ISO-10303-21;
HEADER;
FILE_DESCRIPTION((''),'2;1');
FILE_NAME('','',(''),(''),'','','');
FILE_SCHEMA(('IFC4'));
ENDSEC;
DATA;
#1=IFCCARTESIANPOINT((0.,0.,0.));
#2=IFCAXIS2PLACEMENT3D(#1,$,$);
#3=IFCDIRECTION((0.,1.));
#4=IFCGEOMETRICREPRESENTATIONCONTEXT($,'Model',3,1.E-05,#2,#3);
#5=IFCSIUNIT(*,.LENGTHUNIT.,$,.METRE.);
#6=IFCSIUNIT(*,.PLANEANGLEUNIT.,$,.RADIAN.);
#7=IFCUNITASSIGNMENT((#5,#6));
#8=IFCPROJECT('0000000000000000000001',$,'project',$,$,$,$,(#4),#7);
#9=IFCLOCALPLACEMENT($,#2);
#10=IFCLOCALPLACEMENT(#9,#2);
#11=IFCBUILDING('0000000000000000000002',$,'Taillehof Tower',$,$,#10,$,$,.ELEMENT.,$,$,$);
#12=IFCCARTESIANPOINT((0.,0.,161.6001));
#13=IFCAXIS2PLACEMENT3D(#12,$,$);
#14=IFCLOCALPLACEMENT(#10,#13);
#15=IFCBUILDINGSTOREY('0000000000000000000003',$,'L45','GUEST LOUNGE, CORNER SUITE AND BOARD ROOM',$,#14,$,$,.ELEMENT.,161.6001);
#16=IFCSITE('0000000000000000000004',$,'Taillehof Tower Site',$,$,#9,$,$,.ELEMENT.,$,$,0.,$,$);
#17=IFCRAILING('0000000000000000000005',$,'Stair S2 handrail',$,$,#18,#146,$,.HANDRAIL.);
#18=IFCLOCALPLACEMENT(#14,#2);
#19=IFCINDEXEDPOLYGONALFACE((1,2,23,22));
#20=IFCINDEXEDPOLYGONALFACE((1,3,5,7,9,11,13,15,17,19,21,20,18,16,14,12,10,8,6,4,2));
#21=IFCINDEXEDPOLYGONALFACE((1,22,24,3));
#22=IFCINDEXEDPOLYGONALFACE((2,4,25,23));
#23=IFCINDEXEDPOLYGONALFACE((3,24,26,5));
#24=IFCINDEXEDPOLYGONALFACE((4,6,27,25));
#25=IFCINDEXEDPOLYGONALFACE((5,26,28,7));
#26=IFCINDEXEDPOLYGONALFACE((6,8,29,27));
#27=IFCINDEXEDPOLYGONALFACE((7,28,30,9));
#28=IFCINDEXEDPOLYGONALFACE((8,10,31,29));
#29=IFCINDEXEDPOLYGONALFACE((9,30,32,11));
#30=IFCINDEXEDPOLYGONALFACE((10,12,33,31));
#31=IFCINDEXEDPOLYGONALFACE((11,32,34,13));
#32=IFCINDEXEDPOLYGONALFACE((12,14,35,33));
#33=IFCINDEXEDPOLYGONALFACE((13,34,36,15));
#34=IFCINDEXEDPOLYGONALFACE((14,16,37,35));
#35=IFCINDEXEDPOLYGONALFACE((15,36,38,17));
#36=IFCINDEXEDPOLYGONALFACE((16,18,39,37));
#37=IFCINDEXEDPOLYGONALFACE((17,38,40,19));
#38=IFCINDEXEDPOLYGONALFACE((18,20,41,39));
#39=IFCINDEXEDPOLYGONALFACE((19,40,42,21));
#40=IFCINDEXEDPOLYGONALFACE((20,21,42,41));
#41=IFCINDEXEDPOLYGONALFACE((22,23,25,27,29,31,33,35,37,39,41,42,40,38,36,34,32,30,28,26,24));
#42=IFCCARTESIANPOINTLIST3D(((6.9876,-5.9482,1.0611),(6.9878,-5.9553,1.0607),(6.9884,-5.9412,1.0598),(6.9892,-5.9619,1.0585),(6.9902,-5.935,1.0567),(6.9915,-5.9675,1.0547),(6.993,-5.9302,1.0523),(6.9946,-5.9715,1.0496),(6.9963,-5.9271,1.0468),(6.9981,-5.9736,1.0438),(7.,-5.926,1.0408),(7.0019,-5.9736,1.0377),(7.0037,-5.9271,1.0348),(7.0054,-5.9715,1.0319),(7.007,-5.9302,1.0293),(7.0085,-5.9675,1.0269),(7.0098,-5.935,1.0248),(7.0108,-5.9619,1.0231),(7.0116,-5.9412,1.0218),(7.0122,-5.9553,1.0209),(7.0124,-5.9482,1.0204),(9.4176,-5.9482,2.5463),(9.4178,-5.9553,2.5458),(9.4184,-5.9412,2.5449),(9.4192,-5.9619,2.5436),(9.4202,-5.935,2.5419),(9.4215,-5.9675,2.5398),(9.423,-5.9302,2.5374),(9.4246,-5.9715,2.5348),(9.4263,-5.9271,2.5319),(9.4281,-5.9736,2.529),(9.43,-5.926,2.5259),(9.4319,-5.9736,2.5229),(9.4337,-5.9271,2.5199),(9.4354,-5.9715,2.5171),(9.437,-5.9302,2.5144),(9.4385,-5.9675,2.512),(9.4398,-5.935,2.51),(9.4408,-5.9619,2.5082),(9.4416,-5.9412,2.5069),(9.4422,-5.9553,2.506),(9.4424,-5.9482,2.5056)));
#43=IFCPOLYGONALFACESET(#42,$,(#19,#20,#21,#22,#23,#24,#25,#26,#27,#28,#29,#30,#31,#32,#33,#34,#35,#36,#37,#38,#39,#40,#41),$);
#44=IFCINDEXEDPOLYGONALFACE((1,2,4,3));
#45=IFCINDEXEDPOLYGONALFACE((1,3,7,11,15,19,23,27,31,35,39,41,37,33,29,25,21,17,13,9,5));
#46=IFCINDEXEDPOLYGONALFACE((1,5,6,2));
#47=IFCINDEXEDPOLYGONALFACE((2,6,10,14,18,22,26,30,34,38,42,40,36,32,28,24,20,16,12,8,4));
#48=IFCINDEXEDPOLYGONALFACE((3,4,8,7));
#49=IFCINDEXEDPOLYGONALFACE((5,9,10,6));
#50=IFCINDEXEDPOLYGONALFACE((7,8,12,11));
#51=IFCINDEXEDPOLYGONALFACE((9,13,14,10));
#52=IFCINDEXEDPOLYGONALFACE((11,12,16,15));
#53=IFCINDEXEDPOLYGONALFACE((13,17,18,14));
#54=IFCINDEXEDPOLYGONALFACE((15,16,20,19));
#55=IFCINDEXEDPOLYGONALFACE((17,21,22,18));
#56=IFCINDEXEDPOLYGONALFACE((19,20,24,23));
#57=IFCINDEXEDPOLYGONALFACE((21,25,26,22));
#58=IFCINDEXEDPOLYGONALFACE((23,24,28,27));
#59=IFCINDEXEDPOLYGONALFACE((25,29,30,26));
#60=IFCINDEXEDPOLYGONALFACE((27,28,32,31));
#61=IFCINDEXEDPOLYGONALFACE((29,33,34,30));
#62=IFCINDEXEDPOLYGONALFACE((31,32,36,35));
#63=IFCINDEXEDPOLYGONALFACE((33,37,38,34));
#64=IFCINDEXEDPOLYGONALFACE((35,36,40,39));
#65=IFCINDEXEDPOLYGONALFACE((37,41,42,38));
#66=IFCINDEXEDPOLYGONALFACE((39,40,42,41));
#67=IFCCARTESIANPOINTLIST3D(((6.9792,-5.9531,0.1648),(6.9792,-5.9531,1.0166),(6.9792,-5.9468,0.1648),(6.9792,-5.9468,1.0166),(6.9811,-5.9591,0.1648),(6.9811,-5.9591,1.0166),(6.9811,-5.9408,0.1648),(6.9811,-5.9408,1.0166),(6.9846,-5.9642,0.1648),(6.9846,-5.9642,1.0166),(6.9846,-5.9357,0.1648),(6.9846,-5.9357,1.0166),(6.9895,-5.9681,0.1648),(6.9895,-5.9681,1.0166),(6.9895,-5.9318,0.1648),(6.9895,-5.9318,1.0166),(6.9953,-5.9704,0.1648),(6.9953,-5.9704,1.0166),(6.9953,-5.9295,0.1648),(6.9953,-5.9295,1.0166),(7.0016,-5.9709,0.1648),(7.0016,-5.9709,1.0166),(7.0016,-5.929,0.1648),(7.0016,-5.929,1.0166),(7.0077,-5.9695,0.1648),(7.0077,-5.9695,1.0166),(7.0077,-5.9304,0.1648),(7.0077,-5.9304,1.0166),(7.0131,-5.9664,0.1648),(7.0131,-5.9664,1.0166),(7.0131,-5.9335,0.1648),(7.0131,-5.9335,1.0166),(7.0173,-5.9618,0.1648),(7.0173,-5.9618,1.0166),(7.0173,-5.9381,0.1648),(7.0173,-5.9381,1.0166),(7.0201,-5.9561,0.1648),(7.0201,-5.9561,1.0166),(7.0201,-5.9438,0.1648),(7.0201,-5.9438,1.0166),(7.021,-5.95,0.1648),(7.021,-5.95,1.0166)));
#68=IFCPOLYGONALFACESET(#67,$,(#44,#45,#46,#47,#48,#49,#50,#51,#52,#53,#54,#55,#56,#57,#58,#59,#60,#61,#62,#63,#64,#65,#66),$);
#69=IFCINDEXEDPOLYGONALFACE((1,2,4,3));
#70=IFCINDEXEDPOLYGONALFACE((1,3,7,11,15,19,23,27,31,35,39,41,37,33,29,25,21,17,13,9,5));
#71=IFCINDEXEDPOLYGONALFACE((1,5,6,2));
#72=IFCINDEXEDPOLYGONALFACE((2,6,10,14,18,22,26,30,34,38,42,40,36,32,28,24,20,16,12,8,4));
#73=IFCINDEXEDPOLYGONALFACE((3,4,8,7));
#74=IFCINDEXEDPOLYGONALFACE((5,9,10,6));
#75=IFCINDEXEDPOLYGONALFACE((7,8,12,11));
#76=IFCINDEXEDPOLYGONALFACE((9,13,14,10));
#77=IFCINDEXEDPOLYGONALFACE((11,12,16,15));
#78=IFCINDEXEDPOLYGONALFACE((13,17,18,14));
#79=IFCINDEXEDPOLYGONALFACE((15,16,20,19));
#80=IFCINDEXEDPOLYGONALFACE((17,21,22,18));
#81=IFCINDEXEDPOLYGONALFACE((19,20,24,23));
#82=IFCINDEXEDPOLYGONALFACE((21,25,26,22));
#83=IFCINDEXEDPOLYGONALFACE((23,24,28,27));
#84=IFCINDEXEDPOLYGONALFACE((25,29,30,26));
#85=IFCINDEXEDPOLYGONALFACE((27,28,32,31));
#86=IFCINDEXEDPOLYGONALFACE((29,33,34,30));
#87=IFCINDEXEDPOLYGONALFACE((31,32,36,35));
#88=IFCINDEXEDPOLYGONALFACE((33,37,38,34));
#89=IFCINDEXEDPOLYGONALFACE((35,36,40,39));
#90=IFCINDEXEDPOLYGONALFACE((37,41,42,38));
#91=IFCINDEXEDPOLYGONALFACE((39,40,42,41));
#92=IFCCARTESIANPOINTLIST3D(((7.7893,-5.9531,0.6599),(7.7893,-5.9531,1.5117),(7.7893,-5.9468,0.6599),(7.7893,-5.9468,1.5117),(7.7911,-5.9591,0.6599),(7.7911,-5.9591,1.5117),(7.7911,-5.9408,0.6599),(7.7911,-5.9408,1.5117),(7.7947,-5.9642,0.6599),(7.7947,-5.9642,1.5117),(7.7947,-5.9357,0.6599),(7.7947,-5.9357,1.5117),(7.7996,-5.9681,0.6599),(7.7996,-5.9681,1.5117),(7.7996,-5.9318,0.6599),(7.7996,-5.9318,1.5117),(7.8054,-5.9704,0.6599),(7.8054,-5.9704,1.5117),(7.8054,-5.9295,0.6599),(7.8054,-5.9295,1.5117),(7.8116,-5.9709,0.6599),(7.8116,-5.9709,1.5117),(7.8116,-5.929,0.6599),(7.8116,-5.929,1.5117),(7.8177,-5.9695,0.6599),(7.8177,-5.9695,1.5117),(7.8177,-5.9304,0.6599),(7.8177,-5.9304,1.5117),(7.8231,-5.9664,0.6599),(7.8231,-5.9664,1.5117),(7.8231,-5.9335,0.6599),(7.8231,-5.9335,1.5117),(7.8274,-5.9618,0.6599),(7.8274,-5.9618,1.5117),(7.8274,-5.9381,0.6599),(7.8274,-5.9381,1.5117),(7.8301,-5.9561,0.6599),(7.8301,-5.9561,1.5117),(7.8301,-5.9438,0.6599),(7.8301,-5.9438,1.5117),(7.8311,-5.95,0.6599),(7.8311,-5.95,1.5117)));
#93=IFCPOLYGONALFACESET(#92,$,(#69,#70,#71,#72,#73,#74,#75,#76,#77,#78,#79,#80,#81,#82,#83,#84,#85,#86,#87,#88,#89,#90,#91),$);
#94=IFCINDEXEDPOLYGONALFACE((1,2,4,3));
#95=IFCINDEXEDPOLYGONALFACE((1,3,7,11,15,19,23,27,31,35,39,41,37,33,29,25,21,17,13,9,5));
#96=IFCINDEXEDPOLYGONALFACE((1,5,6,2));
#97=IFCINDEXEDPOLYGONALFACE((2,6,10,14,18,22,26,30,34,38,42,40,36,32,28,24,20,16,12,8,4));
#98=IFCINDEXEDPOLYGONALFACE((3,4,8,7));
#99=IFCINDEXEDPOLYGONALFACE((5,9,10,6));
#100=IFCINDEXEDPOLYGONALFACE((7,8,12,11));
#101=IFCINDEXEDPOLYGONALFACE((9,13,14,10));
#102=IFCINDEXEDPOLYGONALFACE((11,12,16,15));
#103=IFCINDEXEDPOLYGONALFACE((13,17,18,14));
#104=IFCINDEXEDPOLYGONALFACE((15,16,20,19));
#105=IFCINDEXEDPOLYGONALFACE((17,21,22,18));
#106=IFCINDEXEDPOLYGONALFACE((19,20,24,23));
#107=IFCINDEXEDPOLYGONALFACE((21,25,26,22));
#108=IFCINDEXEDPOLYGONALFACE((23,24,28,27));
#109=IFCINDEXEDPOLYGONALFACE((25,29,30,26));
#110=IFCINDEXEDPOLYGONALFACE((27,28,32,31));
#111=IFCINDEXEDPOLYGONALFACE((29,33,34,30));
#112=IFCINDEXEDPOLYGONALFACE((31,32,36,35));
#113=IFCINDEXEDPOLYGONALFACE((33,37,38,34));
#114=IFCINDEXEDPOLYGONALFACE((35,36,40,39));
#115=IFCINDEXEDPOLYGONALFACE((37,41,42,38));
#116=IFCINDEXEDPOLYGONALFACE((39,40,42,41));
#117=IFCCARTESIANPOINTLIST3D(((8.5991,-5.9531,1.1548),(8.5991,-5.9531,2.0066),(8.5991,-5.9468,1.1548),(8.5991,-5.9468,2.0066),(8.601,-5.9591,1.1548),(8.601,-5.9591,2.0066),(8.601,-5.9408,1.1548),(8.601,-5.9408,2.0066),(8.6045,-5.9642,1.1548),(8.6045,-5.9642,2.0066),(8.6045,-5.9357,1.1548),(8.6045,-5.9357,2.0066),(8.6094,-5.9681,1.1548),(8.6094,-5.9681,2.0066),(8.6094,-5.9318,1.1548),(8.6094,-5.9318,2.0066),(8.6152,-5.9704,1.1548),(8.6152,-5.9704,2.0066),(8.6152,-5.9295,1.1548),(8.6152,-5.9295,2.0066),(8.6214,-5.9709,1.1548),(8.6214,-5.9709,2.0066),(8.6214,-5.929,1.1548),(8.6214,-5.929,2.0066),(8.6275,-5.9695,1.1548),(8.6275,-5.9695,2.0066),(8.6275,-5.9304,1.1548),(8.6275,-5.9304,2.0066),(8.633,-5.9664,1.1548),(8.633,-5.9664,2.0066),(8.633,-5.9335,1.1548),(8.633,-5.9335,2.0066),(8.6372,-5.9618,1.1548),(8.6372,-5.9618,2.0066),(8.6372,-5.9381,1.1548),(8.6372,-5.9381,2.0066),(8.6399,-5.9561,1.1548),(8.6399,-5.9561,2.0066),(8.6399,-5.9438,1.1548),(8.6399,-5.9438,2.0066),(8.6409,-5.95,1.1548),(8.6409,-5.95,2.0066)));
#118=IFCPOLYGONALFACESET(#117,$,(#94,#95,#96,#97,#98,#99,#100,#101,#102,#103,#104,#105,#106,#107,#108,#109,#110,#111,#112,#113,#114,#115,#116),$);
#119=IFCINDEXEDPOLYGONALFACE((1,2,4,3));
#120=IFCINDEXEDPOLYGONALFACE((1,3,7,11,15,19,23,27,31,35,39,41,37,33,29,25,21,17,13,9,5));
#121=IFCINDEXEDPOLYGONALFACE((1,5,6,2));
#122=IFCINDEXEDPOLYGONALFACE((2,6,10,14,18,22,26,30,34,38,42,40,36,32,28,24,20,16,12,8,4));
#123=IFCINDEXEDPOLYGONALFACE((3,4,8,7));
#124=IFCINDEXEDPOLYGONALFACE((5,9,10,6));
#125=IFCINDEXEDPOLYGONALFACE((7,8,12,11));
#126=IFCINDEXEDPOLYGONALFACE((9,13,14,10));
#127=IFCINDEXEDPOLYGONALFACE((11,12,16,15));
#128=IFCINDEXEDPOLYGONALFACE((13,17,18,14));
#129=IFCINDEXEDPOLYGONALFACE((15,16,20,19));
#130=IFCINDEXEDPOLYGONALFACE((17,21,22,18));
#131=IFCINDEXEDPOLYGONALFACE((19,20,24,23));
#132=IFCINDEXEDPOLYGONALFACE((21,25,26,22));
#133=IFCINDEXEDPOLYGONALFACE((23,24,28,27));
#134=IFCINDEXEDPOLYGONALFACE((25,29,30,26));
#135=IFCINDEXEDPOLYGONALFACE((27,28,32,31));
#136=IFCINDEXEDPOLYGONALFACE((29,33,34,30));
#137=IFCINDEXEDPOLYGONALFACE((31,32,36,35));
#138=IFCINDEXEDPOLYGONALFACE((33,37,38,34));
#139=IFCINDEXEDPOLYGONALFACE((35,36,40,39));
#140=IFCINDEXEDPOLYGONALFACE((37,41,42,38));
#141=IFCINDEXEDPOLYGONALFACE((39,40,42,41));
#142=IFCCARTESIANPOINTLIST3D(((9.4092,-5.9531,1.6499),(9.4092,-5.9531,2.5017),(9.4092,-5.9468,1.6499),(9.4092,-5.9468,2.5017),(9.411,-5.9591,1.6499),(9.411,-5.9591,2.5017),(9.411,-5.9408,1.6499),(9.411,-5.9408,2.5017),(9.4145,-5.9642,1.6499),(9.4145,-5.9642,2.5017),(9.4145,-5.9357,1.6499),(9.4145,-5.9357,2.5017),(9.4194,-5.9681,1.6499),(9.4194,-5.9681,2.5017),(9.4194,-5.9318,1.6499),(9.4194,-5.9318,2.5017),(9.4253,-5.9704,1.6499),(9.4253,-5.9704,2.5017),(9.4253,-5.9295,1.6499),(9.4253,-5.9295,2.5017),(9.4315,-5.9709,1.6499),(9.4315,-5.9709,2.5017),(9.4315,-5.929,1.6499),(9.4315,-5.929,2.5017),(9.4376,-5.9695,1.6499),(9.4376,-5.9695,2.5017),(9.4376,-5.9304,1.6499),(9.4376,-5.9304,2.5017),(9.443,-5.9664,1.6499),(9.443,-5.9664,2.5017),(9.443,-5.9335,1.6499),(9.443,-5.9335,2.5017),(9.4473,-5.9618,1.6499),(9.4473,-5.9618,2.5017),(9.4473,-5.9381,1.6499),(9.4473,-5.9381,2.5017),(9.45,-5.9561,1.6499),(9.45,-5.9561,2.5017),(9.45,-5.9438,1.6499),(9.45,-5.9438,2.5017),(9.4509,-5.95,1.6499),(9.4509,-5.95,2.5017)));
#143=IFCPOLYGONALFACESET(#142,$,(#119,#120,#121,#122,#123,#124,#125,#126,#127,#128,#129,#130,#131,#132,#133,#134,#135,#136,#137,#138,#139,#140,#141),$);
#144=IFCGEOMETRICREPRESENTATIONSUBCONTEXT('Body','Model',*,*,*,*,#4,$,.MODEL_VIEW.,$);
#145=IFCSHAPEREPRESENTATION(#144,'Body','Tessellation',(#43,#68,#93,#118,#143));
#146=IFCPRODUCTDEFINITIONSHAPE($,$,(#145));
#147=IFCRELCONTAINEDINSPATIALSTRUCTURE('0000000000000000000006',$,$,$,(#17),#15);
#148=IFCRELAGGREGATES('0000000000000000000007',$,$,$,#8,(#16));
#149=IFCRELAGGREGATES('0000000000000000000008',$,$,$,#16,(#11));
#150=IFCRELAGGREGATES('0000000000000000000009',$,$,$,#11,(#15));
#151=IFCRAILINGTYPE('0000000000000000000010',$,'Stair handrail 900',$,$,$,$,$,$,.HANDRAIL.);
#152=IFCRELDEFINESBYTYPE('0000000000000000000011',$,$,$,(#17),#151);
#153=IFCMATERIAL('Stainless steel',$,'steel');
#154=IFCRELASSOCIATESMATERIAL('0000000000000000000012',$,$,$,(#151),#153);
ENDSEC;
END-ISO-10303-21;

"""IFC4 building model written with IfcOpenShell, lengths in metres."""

from ifc_helpers import new_model, si_unit, direction, frame, origin, origin_2d, place, context, subcontext, project, spatial, circle, extrude, material, type_object, element, save


model = new_model("IFC4")

# Units and contexts
model_context = context("Model", 3, precision=1e-05, world=origin(), true_north=direction((0.0, 1.0)))
body_context = subcontext(model_context, "Body", "Model", "MODEL_VIEW")
ifc_project = project(units=[si_unit("LENGTHUNIT", "METRE"), si_unit("PLANEANGLEUNIT", "RADIAN")], contexts=[model_context])

# Site, building, storey
site_placement = place(None, origin())
site = spatial("IfcSite", under=ifc_project, at=site_placement, Name="Taillehof Tower Site", CompositionType="ELEMENT", RefElevation=0.0)
building_placement = place(site_placement, origin())
building = spatial("IfcBuilding", under=site, at=building_placement, Name="Taillehof Tower", CompositionType="ELEMENT")
storey_placement = place(building_placement, frame((0.0, 0.0, 161.6001)))
storey = spatial("IfcBuildingStorey", under=building, at=storey_placement, Name="L45", Description="GUEST LOUNGE, CORNER SUITE AND BOARD ROOM", CompositionType="ELEMENT", Elevation=161.6001)

# Railing
ifc_material_1 = material(Name="Stainless steel", Category="steel")
railing_type = type_object("IfcRailingType", Name="Stair handrail 900", PredefinedType="HANDRAIL", material=ifc_material_1)
railing_placement = place(storey_placement, frame((7.0, -5.95, 0.1648)))
element("IfcRailing", 1, at=railing_placement, inside=storey, type_object=railing_type, Name="Stair S2 handrail", PredefinedType="HANDRAIL", context=body_context, shape_type="SweptSolid", body=[
    extrude(circle(Radius=0.0239, at=origin_2d()), frame((0.0, 0.0, 0.876), z_axis=(0.853259, 0.0, 0.521488), x_axis=(0.0, 1.0, 0.0)), (0.0, 0.0, 1.0), 2.8479),
    extrude(circle(Radius=0.021, at=origin_2d()), origin(), (0.0, 0.0, 1.0), 0.8518),
    extrude(circle(Radius=0.021, at=origin_2d()), frame((0.8101, 0.0, 0.4951)), (0.0, 0.0, 1.0), 0.8518),
    extrude(circle(Radius=0.021, at=origin_2d()), frame((1.6199, 0.0, 0.99)), (0.0, 0.0, 1.0), 0.8518),
    extrude(circle(Radius=0.021, at=origin_2d()), frame((2.4299, 0.0, 1.4851)), (0.0, 0.0, 1.0), 0.8518),
])

save(model, "model.ifc")
